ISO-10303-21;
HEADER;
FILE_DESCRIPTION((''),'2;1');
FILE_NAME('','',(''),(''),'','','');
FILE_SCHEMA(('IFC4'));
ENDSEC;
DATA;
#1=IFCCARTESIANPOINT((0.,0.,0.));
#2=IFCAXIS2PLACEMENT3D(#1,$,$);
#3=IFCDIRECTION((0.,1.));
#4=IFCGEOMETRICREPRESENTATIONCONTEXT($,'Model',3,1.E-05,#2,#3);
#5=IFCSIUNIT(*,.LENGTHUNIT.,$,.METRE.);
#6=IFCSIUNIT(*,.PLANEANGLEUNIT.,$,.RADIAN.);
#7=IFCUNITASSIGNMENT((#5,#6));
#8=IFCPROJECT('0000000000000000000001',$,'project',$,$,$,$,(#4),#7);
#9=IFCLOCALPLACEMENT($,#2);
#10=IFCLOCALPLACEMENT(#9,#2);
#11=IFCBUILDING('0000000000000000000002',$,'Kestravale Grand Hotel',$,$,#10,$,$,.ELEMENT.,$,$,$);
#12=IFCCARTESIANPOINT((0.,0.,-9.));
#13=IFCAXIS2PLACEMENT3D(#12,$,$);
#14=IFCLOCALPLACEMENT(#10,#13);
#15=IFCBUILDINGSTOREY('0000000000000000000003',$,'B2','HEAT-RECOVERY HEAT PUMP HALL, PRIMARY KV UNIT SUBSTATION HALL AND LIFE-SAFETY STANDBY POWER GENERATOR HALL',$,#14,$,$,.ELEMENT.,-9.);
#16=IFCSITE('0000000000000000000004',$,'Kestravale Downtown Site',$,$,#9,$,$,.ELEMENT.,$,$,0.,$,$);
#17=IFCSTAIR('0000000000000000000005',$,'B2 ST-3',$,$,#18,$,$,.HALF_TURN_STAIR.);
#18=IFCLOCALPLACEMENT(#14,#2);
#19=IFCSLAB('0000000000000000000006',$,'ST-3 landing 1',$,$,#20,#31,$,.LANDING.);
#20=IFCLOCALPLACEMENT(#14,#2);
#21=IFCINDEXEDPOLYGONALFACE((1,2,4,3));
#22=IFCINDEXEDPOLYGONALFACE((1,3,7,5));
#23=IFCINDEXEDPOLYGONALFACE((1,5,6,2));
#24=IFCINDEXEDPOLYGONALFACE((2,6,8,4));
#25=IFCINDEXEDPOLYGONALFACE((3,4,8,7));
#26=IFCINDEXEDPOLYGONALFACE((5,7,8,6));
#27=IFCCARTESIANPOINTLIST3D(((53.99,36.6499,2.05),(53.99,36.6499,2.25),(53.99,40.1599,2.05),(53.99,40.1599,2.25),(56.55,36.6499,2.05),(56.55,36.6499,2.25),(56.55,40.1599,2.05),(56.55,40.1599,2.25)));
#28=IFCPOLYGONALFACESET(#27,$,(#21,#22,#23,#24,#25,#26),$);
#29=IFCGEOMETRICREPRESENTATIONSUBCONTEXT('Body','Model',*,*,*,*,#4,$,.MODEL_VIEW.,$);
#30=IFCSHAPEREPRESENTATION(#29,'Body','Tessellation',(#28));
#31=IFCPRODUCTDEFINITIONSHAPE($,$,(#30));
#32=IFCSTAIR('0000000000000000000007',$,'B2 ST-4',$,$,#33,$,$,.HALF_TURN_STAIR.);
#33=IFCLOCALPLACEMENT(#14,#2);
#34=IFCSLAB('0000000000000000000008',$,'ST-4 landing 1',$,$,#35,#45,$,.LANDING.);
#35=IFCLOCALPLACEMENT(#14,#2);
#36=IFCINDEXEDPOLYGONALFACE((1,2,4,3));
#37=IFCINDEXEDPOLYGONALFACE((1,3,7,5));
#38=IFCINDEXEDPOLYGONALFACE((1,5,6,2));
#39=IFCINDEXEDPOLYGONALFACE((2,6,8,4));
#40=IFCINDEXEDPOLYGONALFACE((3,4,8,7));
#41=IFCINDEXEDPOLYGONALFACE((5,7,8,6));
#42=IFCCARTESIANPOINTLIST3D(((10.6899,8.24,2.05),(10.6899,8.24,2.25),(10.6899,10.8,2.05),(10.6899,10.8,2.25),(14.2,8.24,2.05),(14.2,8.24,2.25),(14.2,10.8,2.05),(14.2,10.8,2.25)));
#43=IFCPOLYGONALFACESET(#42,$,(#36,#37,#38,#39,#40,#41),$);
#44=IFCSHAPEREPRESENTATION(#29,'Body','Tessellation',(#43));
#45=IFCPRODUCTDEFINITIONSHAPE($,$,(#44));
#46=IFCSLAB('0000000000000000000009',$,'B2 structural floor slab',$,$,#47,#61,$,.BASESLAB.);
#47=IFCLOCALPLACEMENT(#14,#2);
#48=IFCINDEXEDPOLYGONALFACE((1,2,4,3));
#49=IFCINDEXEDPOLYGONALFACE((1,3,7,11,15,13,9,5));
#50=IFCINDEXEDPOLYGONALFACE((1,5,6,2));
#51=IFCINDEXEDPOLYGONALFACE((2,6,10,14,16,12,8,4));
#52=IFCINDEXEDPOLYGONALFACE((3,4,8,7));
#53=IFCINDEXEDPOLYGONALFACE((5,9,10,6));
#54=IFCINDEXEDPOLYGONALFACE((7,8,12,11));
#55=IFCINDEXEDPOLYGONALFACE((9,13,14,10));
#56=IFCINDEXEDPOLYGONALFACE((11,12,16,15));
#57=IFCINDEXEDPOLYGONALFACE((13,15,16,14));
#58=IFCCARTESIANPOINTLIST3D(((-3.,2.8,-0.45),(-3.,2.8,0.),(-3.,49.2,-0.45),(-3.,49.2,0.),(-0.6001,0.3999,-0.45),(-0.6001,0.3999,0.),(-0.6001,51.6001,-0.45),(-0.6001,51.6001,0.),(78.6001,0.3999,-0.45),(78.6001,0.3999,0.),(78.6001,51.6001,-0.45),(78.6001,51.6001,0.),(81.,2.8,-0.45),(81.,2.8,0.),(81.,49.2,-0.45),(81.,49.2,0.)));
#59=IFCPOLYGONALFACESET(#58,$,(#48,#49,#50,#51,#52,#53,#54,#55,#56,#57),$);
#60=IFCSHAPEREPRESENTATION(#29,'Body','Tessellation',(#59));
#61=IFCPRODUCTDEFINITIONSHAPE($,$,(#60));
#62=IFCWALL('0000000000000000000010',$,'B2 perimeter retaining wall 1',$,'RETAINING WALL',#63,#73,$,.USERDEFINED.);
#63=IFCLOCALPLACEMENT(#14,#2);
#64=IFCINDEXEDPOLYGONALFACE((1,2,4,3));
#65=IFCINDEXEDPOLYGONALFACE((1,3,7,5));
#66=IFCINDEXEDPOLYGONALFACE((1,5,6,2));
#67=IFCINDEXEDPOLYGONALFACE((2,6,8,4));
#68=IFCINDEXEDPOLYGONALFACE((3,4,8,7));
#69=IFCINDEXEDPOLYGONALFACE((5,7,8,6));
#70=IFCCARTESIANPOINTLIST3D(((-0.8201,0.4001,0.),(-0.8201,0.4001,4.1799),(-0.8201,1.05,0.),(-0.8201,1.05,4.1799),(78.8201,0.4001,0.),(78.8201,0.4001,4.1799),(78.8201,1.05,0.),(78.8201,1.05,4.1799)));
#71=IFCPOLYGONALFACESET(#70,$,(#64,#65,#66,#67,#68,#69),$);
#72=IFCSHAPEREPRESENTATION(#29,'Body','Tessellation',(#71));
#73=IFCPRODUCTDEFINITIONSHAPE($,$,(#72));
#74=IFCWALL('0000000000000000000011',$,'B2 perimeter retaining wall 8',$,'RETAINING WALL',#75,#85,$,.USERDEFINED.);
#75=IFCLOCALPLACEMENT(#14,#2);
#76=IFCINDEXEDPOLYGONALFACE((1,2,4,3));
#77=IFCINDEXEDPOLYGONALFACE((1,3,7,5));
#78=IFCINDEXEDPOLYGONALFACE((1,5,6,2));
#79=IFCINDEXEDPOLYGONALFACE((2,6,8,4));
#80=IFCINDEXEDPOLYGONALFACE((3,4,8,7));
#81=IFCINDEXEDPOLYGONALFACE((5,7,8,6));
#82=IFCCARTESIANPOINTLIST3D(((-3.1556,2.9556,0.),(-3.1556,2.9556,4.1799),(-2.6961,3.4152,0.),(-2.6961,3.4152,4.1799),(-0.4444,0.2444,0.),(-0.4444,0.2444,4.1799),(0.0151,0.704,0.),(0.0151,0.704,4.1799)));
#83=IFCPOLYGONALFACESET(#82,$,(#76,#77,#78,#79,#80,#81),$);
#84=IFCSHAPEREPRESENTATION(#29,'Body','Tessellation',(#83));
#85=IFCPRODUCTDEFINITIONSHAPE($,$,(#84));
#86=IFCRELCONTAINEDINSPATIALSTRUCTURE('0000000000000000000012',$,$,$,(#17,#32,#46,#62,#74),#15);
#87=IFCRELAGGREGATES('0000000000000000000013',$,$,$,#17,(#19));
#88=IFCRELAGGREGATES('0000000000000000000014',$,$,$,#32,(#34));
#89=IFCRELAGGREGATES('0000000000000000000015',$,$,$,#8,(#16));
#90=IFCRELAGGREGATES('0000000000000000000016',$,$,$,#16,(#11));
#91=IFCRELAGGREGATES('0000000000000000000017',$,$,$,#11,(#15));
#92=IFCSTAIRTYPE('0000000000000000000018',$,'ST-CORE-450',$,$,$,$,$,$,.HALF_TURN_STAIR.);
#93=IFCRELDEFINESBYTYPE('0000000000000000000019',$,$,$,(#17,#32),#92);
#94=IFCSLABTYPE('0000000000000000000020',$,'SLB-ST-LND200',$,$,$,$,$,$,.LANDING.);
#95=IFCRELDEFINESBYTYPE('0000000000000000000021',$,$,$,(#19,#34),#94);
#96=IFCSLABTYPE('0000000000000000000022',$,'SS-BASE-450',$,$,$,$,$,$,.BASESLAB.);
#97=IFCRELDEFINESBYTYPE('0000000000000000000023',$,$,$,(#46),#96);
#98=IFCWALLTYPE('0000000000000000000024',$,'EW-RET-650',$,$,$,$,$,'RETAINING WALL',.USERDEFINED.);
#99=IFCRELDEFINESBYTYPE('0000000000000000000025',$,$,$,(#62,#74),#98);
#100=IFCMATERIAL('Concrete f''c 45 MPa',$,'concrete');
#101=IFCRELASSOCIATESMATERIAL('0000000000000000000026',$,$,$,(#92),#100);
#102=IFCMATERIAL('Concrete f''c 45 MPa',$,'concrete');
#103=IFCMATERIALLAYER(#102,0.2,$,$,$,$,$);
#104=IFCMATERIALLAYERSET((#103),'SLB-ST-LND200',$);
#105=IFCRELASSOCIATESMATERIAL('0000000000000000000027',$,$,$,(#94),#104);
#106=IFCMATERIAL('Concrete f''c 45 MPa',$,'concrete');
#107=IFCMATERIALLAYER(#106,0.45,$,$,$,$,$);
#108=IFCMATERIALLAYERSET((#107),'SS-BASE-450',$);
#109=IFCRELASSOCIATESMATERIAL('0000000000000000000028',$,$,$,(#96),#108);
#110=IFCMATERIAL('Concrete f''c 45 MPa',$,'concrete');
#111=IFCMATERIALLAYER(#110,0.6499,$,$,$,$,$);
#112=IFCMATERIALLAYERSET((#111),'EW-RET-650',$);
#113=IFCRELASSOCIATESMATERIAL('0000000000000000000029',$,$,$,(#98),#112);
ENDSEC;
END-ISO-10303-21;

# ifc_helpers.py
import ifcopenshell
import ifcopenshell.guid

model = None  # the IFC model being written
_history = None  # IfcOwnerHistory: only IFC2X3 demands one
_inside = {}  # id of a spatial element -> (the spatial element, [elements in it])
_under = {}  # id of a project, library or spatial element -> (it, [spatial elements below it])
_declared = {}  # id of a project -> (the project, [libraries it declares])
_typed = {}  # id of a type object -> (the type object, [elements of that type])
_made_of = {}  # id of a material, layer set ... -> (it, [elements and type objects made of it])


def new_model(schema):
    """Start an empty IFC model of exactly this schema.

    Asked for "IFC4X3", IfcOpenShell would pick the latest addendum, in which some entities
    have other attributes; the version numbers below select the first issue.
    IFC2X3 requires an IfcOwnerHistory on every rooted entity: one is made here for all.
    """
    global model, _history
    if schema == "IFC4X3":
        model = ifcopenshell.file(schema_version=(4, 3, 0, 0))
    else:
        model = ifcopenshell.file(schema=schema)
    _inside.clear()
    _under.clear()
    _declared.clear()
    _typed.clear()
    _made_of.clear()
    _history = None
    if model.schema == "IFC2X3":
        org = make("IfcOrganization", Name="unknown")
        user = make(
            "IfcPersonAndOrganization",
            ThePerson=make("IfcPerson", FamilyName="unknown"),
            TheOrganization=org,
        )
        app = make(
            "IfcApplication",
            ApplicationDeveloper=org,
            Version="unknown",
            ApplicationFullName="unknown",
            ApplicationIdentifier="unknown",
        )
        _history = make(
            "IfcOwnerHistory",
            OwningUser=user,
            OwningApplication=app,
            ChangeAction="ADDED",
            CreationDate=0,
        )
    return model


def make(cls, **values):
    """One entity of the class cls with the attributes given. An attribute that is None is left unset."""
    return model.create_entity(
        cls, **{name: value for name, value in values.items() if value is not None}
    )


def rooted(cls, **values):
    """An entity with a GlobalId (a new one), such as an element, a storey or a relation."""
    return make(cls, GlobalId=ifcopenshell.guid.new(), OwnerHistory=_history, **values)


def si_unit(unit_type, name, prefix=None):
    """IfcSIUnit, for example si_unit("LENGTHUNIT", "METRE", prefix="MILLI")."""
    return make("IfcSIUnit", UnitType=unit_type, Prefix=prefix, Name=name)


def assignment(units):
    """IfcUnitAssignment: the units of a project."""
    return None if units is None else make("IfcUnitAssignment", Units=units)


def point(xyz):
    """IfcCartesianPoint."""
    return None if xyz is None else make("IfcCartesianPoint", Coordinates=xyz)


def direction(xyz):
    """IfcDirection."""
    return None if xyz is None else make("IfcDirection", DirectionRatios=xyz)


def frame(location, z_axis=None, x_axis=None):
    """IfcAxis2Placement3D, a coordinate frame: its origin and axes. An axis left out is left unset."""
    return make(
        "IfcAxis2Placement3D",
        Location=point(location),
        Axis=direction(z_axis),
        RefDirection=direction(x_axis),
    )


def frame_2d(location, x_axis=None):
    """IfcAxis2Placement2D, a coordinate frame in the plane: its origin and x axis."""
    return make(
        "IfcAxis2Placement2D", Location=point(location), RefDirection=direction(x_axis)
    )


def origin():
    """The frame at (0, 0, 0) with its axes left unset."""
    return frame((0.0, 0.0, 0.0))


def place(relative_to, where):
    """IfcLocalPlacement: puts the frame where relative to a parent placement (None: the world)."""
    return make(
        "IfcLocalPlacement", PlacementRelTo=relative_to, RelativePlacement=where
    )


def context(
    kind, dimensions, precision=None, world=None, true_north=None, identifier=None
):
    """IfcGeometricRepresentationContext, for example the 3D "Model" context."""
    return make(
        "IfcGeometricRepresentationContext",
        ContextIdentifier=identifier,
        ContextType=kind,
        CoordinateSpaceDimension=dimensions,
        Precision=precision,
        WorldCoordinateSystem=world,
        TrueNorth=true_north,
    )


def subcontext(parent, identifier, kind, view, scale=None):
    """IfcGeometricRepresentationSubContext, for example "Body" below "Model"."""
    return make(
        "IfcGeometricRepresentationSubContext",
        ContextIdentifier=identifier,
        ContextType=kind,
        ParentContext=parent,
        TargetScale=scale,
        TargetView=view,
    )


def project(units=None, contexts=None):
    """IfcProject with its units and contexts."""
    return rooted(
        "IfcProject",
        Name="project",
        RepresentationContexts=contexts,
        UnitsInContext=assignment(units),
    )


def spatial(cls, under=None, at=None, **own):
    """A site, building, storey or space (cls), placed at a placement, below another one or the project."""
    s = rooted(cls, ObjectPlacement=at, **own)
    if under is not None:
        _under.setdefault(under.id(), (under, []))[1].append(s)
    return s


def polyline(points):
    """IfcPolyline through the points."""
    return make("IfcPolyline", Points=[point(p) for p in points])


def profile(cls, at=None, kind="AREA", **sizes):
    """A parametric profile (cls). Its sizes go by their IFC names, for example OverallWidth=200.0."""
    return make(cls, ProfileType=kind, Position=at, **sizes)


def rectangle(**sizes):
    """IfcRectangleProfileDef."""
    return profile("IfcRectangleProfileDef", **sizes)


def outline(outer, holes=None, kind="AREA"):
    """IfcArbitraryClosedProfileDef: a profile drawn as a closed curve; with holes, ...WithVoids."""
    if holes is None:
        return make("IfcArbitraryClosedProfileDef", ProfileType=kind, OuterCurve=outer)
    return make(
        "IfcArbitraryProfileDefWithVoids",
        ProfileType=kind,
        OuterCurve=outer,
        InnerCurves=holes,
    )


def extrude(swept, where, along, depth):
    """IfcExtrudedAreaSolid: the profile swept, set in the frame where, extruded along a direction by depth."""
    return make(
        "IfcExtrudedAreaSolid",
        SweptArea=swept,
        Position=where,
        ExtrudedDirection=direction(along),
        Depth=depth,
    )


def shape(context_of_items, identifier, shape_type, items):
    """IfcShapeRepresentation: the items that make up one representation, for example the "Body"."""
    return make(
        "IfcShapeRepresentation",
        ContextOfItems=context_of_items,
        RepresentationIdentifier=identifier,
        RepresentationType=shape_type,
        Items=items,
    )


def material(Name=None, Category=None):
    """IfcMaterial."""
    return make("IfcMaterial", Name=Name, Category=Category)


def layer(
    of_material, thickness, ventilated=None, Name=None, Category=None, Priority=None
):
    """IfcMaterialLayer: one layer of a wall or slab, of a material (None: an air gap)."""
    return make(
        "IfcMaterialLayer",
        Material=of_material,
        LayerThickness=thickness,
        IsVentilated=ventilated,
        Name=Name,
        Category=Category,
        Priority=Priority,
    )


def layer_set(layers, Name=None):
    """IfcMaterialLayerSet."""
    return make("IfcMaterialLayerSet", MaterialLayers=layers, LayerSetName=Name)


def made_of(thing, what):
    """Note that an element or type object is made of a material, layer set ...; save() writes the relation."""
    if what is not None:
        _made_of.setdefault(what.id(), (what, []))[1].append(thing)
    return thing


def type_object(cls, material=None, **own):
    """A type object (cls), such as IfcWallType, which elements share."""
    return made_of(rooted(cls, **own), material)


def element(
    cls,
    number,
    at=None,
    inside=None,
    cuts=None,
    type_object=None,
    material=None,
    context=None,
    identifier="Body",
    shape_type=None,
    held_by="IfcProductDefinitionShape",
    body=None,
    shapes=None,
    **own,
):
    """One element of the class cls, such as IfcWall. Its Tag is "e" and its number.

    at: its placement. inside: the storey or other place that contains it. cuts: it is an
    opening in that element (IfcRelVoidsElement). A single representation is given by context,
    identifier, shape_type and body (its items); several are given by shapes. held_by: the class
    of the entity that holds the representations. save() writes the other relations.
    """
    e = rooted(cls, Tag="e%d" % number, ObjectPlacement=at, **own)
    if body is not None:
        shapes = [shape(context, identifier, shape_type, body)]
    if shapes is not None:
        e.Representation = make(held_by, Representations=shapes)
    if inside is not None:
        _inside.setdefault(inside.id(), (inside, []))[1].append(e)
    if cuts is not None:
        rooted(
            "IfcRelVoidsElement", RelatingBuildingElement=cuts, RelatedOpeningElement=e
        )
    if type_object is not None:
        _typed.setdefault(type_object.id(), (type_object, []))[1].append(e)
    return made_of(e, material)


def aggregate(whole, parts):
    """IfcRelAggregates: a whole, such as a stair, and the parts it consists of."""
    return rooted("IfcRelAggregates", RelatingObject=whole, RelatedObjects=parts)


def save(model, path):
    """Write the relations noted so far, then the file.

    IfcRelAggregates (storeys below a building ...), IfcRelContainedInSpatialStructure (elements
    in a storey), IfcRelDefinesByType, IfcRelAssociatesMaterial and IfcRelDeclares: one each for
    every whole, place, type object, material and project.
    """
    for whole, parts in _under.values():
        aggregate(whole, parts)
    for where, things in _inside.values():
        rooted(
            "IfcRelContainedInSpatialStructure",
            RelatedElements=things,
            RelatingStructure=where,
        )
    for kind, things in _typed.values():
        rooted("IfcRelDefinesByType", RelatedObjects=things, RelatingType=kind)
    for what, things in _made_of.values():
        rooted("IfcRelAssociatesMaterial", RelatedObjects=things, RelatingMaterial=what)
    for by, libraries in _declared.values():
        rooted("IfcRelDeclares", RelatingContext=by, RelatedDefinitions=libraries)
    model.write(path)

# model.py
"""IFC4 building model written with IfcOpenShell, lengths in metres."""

from ifc_helpers import new_model, si_unit, direction, frame, frame_2d, origin, place, context, subcontext, project, spatial, polyline, rectangle, outline, extrude, material, layer, layer_set, type_object, element, aggregate, save


model = new_model("IFC4")

# Units and contexts
model_context = context("Model", 3, precision=1e-05, world=origin(), true_north=direction((0.0, 1.0)))
body_context = subcontext(model_context, "Body", "Model", "MODEL_VIEW")
ifc_project = project(units=[si_unit("LENGTHUNIT", "METRE"), si_unit("PLANEANGLEUNIT", "RADIAN")], contexts=[model_context])

# Site, building, storey
site_placement = place(None, origin())
site = spatial("IfcSite", under=ifc_project, at=site_placement, Name="Kestravale Downtown Site", CompositionType="ELEMENT", RefElevation=0.0)
building_placement = place(site_placement, origin())
building = spatial("IfcBuilding", under=site, at=building_placement, Name="Kestravale Grand Hotel", CompositionType="ELEMENT")
storey_placement = place(building_placement, frame((0.0, 0.0, -9.0)))
storey = spatial("IfcBuildingStorey", under=building, at=storey_placement, Name="B2", Description="HEAT-RECOVERY HEAT PUMP HALL, PRIMARY KV UNIT SUBSTATION HALL AND LIFE-SAFETY STANDBY POWER GENERATOR HALL", CompositionType="ELEMENT", Elevation=-9.0)

# Stairs, slabs
ifc_material_1 = material(Name="Concrete f'c 45 MPa", Category="concrete")
stair_type = type_object("IfcStairType", Name="ST-CORE-450", PredefinedType="HALF_TURN_STAIR", material=ifc_material_1)
ifc_material_2 = material(Name="Concrete f'c 45 MPa", Category="concrete")
ifc_layer_1 = layer(ifc_material_2, 0.2)
ifc_layer_set_1 = layer_set([ifc_layer_1], Name="SLB-ST-LND200")
slab_type_1 = type_object("IfcSlabType", Name="SLB-ST-LND200", PredefinedType="LANDING", material=ifc_layer_set_1)
stair_1_placement = place(storey_placement, origin())
stair_1 = element("IfcStair", 1, at=stair_1_placement, inside=storey, type_object=stair_type, Name="B2 ST-3", PredefinedType="HALF_TURN_STAIR")
slab_1_placement = place(storey_placement, frame((0.0, 0.0, 2.05)))
slab_1 = element("IfcSlab", 2, at=slab_1_placement, type_object=slab_type_1, Name="ST-3 landing 1", PredefinedType="LANDING", context=body_context, shape_type="SweptSolid", body=[
    extrude(outline(polyline([(53.99, 36.6499), (56.55, 36.6499), (56.55, 40.1599), (53.99, 40.1599), (53.99, 36.6499)])), origin(), (0.0, 0.0, 1.0), 0.2),
])
aggregate(stair_1, [slab_1])
stair_2_placement = place(storey_placement, origin())
stair_2 = element("IfcStair", 3, at=stair_2_placement, inside=storey, type_object=stair_type, Name="B2 ST-4", PredefinedType="HALF_TURN_STAIR")
slab_2_placement = place(storey_placement, frame((0.0, 0.0, 2.05)))
slab_2 = element("IfcSlab", 4, at=slab_2_placement, type_object=slab_type_1, Name="ST-4 landing 1", PredefinedType="LANDING", context=body_context, shape_type="SweptSolid", body=[
    extrude(outline(polyline([(14.2, 8.24), (14.2, 10.8), (10.6899, 10.8), (10.6899, 8.24), (14.2, 8.24)])), origin(), (0.0, 0.0, 1.0), 0.2),
])
aggregate(stair_2, [slab_2])

# Slab
ifc_material_3 = material(Name="Concrete f'c 45 MPa", Category="concrete")
ifc_layer_2 = layer(ifc_material_3, 0.45)
ifc_layer_set_2 = layer_set([ifc_layer_2], Name="SS-BASE-450")
slab_type_2 = type_object("IfcSlabType", Name="SS-BASE-450", PredefinedType="BASESLAB", material=ifc_layer_set_2)
slab_3_placement = place(storey_placement, frame((0.0, 0.0, -0.45)))
element("IfcSlab", 5, at=slab_3_placement, inside=storey, type_object=slab_type_2, Name="B2 structural floor slab", PredefinedType="BASESLAB", context=body_context, shape_type="SweptSolid", body=[
    extrude(outline(polyline([(-0.6001, 0.3999), (78.6001, 0.3999), (81.0, 2.8), (81.0, 49.2), (78.6001, 51.6001), (-0.6001, 51.6001), (-3.0, 49.2), (-3.0, 2.8), (-0.6001, 0.3999)])), origin(), (0.0, 0.0, 1.0), 0.45),
])

# Walls
ifc_material_4 = material(Name="Concrete f'c 45 MPa", Category="concrete")
ifc_layer_3 = layer(ifc_material_4, 0.6499)
ifc_layer_set_3 = layer_set([ifc_layer_3], Name="EW-RET-650")
wall_type = type_object("IfcWallType", Name="EW-RET-650", ElementType="RETAINING WALL", PredefinedType="USERDEFINED", material=ifc_layer_set_3)
wall_1_placement = place(storey_placement, frame((-0.8201, 0.7251, 0.0), z_axis=(0.0, 0.0, 1.0), x_axis=(1.0, 0.0, 0.0)))
element("IfcWall", 6, at=wall_1_placement, inside=storey, type_object=wall_type, Name="B2 perimeter retaining wall 1", ObjectType="RETAINING WALL", PredefinedType="USERDEFINED", context=body_context, shape_type="SweptSolid", body=[
    extrude(rectangle(XDim=79.6401, YDim=0.6499, at=frame_2d((39.8201, 0.0))), origin(), (0.0, 0.0, 1.0), 4.1799),
])
wall_2_placement = place(storey_placement, frame((-2.9258, 3.1853, 0.0), z_axis=(0.0, 0.0, 1.0), x_axis=(0.707107, -0.707107, 0.0)))
element("IfcWall", 7, at=wall_2_placement, inside=storey, type_object=wall_type, Name="B2 perimeter retaining wall 8", ObjectType="RETAINING WALL", PredefinedType="USERDEFINED", context=body_context, shape_type="SweptSolid", body=[
    extrude(rectangle(XDim=3.8342, YDim=0.6499, at=frame_2d((1.917, 0.0))), origin(), (0.0, 0.0, 1.0), 4.1799),
])

save(model, "model.ifc")
